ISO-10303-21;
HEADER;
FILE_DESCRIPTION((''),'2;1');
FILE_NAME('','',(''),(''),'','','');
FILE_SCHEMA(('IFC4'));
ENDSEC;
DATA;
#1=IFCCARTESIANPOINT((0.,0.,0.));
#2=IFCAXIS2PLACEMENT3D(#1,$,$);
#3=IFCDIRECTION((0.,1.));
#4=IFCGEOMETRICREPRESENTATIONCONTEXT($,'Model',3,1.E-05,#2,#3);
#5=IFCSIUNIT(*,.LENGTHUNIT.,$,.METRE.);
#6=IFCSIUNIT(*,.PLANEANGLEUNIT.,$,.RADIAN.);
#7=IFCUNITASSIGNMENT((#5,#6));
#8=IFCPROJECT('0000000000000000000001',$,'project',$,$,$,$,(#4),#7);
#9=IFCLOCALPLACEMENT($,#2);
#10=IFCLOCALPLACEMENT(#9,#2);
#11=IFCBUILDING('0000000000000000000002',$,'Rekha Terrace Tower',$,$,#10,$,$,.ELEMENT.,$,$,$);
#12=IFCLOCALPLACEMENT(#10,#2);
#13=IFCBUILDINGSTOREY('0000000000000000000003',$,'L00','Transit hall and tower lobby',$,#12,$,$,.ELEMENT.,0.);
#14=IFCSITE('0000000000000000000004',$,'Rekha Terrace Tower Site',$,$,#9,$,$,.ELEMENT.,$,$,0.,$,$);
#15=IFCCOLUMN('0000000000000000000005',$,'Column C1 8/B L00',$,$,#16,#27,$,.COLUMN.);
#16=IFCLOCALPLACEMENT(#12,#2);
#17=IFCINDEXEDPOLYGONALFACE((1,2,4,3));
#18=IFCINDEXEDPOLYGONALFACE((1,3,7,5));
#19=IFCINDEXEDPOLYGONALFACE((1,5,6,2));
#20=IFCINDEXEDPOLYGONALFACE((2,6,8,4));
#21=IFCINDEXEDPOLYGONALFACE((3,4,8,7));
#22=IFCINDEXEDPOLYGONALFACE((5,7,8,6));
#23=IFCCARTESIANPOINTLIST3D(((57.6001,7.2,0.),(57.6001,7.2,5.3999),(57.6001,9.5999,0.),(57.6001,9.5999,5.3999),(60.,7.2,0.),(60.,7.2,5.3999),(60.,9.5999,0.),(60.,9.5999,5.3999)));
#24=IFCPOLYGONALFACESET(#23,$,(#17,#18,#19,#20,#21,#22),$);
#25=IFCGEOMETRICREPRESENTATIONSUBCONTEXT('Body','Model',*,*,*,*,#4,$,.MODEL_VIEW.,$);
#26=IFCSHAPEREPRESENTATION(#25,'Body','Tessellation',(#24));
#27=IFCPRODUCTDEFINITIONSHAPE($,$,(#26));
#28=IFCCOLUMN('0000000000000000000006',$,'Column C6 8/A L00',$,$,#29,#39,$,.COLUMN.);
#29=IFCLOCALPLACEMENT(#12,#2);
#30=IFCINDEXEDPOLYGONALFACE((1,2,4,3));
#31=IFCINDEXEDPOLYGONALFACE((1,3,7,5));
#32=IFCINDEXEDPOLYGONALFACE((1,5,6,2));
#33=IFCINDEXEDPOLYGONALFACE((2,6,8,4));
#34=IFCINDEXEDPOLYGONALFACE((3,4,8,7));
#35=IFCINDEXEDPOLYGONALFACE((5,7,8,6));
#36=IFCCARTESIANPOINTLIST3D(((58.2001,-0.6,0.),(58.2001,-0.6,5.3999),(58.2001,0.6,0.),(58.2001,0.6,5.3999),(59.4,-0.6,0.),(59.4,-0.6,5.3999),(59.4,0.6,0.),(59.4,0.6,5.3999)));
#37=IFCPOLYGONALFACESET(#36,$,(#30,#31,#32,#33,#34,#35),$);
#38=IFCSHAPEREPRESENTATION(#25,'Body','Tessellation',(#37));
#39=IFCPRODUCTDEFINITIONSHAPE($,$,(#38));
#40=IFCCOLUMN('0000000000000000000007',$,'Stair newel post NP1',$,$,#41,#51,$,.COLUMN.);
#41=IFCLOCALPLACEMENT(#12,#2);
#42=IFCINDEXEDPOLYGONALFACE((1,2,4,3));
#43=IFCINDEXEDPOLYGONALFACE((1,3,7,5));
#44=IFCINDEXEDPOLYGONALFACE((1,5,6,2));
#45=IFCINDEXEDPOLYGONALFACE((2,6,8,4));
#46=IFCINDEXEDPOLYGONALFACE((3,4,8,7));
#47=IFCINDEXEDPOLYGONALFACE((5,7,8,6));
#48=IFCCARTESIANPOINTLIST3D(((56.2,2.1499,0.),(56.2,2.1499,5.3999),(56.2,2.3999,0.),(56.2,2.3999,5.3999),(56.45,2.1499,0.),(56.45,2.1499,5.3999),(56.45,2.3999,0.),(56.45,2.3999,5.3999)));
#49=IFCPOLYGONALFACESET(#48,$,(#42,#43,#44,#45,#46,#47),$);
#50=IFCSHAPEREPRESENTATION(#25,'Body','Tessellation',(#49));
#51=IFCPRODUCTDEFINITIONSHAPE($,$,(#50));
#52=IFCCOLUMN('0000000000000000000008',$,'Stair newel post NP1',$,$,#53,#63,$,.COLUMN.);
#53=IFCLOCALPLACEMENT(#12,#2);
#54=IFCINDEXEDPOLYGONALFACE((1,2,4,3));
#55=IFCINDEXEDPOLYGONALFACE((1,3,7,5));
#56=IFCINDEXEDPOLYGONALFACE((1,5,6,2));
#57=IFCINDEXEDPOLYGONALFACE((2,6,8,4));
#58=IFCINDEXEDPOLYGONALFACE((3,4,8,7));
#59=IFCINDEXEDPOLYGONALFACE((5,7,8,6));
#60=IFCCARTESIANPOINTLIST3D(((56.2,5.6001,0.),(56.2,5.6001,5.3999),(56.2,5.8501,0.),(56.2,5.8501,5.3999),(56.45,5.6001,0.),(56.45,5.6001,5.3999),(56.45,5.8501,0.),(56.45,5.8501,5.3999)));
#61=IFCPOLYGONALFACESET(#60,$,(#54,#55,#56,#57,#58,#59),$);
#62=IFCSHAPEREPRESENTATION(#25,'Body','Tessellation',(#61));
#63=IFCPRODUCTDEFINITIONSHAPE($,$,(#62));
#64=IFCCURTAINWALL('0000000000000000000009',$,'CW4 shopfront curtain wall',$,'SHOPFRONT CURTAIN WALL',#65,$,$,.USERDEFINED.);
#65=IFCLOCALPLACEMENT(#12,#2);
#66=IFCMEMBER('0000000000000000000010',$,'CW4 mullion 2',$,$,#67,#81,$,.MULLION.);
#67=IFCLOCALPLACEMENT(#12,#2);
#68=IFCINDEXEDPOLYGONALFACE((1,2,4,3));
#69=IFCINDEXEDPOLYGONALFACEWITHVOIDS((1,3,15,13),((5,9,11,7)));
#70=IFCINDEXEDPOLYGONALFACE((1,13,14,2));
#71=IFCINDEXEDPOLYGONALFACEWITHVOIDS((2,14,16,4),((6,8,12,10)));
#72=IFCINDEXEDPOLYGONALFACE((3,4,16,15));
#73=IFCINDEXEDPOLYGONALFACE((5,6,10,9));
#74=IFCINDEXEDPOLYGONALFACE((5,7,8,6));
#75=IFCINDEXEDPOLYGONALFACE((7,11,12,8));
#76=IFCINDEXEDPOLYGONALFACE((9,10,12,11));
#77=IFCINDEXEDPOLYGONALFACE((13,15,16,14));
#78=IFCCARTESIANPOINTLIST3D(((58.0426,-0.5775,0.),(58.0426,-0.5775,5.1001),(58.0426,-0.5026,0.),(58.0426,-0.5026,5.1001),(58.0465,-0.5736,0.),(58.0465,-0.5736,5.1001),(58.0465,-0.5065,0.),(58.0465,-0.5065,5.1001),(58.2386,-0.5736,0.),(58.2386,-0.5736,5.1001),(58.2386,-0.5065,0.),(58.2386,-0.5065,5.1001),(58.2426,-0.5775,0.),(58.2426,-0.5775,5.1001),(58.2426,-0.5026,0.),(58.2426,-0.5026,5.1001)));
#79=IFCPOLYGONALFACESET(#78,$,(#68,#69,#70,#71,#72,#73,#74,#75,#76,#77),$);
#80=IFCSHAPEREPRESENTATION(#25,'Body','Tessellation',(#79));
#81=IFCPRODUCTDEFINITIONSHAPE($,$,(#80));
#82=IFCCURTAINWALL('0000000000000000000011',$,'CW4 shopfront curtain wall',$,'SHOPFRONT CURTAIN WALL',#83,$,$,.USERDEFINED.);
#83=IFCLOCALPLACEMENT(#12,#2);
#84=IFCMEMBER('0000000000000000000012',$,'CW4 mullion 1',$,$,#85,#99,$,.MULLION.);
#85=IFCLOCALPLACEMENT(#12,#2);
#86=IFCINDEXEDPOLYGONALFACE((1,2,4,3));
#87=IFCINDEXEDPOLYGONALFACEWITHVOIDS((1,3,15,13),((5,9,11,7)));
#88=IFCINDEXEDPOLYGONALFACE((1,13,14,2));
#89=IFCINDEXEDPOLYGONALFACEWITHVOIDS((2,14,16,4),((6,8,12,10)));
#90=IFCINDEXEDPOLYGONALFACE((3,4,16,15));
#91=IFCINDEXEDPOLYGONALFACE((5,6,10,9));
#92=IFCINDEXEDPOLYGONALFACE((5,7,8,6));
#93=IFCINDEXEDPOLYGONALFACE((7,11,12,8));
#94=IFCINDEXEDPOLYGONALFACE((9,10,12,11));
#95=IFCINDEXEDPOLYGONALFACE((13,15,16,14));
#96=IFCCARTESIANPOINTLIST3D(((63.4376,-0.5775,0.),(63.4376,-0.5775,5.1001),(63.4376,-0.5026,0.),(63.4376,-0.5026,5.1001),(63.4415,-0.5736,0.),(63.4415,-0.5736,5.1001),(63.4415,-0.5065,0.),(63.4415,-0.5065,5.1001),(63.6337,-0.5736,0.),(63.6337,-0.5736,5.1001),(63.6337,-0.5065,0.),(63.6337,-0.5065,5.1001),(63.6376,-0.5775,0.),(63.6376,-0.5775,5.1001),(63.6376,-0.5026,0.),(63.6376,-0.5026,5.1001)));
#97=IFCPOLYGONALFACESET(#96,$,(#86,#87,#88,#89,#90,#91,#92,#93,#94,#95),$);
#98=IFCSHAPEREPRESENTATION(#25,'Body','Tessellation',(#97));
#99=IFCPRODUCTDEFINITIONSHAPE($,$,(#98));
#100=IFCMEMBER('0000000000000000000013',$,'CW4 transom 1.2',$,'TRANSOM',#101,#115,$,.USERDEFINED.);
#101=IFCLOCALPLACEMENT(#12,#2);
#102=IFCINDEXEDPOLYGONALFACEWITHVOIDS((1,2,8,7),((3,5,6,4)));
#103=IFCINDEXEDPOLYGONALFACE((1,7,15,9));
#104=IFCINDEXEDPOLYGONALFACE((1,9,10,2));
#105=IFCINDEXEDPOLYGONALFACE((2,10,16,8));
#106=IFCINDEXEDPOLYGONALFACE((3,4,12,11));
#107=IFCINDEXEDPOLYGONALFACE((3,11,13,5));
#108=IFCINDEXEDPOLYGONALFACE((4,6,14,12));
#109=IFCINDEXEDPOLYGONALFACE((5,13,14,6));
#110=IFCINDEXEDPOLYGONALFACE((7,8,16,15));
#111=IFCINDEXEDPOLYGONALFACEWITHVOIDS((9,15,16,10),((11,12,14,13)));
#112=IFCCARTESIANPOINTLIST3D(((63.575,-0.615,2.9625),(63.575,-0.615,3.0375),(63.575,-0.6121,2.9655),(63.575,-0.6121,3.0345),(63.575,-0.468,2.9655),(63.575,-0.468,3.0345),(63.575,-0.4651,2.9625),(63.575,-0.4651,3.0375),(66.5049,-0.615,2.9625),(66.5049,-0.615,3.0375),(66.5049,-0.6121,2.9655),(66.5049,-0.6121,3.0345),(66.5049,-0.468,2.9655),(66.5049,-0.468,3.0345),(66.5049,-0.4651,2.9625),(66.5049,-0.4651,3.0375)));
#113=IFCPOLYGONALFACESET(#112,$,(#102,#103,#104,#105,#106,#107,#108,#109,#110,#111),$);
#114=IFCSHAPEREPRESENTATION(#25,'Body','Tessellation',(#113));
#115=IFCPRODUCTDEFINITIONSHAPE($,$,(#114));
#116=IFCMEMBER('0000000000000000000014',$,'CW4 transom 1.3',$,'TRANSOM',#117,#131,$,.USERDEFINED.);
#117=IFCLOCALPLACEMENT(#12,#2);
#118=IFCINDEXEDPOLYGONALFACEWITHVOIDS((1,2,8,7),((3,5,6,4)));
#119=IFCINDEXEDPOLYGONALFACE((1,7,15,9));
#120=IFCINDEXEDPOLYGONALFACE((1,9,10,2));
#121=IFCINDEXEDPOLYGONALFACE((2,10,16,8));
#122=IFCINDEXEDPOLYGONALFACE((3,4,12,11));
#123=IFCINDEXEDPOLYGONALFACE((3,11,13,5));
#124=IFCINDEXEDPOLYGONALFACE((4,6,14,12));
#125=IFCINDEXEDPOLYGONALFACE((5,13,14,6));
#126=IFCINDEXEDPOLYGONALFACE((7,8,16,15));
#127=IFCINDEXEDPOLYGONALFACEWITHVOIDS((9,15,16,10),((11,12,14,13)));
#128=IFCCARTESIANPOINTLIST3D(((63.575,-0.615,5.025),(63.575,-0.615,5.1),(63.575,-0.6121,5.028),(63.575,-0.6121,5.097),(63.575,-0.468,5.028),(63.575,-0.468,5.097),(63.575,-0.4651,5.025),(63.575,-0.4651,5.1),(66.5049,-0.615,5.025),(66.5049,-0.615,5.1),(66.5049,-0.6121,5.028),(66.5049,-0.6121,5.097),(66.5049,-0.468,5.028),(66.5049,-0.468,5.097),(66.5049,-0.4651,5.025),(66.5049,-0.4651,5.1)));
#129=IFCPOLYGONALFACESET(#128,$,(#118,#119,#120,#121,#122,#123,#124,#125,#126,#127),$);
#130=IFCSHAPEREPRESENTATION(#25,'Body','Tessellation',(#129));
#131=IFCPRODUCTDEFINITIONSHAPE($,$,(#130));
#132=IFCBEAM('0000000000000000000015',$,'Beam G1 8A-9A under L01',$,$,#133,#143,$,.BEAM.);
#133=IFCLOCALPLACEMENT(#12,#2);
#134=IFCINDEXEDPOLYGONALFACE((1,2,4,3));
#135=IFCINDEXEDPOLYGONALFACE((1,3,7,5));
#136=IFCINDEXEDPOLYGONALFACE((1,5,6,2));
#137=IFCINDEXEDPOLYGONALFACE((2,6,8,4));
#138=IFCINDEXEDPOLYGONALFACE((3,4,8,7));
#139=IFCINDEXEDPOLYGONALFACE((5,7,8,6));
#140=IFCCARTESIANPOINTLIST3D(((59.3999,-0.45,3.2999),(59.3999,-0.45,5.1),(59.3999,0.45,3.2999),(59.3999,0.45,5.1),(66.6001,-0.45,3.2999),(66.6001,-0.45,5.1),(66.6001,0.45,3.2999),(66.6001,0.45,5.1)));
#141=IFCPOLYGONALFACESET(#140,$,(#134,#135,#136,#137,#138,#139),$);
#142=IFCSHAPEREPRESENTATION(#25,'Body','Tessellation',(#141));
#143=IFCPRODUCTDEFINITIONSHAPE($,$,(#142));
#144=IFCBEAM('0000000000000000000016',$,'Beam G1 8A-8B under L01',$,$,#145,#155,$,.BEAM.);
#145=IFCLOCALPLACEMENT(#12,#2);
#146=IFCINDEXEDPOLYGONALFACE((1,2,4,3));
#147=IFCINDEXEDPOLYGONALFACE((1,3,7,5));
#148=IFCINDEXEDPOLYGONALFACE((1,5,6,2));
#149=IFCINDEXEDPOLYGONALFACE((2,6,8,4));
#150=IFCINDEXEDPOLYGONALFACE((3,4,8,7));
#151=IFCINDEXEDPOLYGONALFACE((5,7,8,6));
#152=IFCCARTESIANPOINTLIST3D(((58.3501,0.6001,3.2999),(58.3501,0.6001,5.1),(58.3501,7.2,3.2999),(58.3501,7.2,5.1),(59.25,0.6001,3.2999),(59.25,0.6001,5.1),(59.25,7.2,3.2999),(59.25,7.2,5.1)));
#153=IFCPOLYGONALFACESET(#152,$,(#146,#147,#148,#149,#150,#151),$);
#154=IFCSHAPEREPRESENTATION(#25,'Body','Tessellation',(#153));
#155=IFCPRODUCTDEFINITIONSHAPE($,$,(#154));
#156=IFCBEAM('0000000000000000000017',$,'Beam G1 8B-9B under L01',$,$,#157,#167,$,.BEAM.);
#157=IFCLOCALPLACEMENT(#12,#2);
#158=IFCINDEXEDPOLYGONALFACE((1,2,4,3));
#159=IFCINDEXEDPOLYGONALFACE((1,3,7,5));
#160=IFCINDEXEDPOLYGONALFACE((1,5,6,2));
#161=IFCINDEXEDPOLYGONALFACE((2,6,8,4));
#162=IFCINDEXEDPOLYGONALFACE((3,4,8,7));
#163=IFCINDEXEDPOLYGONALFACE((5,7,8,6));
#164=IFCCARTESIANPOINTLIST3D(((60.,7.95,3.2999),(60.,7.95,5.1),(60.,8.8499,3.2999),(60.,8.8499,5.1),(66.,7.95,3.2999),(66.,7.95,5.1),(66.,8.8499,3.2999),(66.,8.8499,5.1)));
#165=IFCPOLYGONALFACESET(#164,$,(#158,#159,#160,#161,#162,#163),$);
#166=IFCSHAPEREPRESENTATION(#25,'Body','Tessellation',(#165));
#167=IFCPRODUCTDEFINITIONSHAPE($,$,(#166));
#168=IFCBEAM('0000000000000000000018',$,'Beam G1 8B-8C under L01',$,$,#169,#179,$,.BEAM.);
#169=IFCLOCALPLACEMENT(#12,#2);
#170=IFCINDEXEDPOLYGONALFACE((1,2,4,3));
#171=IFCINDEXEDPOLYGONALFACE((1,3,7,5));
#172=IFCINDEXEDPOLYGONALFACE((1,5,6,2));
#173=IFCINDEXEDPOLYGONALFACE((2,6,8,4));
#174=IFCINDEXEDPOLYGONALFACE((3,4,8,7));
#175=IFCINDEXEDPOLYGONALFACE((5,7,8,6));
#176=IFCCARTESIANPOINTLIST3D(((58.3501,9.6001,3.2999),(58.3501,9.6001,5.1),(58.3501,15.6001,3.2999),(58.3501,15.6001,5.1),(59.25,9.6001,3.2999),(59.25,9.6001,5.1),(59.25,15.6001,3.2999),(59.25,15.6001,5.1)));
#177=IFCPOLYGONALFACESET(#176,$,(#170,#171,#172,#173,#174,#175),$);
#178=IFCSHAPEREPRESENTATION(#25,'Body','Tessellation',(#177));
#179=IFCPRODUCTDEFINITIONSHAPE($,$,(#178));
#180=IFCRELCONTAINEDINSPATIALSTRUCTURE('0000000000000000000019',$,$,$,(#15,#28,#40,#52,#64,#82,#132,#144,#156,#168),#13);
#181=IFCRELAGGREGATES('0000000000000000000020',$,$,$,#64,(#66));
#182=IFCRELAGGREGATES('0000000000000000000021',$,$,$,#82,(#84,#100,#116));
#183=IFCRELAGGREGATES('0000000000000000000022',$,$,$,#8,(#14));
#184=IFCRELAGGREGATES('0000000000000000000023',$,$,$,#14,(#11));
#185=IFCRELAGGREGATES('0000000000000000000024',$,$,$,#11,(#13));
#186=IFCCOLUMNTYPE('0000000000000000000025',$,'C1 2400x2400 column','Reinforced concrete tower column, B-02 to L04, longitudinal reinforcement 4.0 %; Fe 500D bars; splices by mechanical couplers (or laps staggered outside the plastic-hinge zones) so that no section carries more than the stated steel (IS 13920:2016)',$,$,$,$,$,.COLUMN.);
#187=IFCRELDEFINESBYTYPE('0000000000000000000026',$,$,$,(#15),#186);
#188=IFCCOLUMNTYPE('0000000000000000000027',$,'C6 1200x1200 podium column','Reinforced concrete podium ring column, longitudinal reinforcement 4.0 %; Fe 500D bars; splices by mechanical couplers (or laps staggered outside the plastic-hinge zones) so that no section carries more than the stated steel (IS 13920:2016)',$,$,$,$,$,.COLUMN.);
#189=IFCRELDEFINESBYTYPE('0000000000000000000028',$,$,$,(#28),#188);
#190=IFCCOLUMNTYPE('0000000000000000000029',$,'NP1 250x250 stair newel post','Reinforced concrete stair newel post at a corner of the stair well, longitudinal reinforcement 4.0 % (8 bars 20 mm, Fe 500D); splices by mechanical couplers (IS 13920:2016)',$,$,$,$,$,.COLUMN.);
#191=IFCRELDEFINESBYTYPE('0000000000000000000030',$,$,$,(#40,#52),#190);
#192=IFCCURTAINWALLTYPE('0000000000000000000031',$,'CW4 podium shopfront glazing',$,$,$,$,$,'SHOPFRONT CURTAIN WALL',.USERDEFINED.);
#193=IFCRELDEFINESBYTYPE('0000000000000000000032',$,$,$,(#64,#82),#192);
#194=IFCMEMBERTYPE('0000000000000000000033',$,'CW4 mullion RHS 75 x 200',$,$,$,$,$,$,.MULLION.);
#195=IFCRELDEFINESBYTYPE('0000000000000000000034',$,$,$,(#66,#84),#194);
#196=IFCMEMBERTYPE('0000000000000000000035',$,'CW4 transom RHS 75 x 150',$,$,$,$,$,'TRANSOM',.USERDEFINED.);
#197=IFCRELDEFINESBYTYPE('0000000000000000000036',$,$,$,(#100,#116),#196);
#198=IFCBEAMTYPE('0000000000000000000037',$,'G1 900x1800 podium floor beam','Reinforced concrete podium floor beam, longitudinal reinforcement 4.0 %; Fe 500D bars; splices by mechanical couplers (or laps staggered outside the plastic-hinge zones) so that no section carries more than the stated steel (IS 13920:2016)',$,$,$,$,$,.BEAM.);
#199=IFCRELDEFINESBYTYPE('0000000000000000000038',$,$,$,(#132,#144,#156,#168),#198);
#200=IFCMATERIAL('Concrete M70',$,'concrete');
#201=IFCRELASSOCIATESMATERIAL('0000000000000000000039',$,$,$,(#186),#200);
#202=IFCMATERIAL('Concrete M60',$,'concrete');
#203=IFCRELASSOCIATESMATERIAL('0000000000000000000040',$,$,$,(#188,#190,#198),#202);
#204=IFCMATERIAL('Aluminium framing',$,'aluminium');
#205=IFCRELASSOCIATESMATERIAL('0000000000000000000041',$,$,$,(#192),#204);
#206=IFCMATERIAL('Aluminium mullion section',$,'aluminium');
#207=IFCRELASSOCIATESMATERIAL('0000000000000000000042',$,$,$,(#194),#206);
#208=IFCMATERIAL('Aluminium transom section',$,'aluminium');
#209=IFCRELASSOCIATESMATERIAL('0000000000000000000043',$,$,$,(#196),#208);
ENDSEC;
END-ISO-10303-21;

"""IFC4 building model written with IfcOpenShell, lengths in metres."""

from ifc_helpers import new_model, si_unit, direction, frame, origin, origin_2d, place, context, subcontext, project, spatial, rectangle, hollow_rectangle, extrude, material, material_profile, profile_set, type_object, element, aggregate, save


model = new_model("IFC4")

# Units and contexts
model_context = context("Model", 3, precision=1e-05, world=origin(), true_north=direction((0.0, 1.0)))
body_context = subcontext(model_context, "Body", "Model", "MODEL_VIEW")
ifc_project = project(units=[si_unit("LENGTHUNIT", "METRE"), si_unit("PLANEANGLEUNIT", "RADIAN")], contexts=[model_context])

# Site, building, storey
site_placement = place(None, origin())
site = spatial("IfcSite", under=ifc_project, at=site_placement, Name="Rekha Terrace Tower Site", CompositionType="ELEMENT", RefElevation=0.0)
building_placement = place(site_placement, origin())
building = spatial("IfcBuilding", under=site, at=building_placement, Name="Rekha Terrace Tower", CompositionType="ELEMENT")
storey_placement = place(building_placement, origin())
storey = spatial("IfcBuildingStorey", under=building, at=storey_placement, Name="L00", Description="Transit hall and tower lobby", CompositionType="ELEMENT", Elevation=0.0)

# Columns
ifc_material_1 = material(Name="Concrete M70", Category="concrete")
ifc_material_profile_1 = material_profile(ifc_material_1, rectangle(XDim=2.3999, YDim=2.3999, at=origin_2d()), Name="RC 2400x2400")
ifc_profile_set_1 = profile_set([ifc_material_profile_1], Name="Concrete M70")
column_type_1 = type_object("IfcColumnType", Name="C1 2400x2400 column", Description="Reinforced concrete tower column, B-02 to L04, longitudinal reinforcement 4.0 %; Fe 500D bars; splices by mechanical couplers (or laps staggered outside the plastic-hinge zones) so that no section carries more than the stated steel (IS 13920:2016)", PredefinedType="COLUMN", material=ifc_profile_set_1)
column_1_placement = place(storey_placement, frame((58.8, 8.3999, 0.0), z_axis=(0.0, 0.0, 1.0), x_axis=(1.0, 0.0, 0.0)))
element("IfcColumn", 1, at=column_1_placement, inside=storey, type_object=column_type_1, Name="Column C1 8/B L00", PredefinedType="COLUMN", context=body_context, shape_type="SweptSolid", body=[
    extrude(rectangle(XDim=2.3999, YDim=2.3999, at=origin_2d()), origin(), (0.0, 0.0, 1.0), 5.3999),
])
ifc_material_2 = material(Name="Concrete M60", Category="concrete")
ifc_material_profile_2 = material_profile(ifc_material_2, rectangle(XDim=1.2, YDim=1.2, at=origin_2d()), Name="RC 1200x1200")
ifc_profile_set_2 = profile_set([ifc_material_profile_2], Name="Concrete M60")
column_type_2 = type_object("IfcColumnType", Name="C6 1200x1200 podium column", Description="Reinforced concrete podium ring column, longitudinal reinforcement 4.0 %; Fe 500D bars; splices by mechanical couplers (or laps staggered outside the plastic-hinge zones) so that no section carries more than the stated steel (IS 13920:2016)", PredefinedType="COLUMN", material=ifc_profile_set_2)
column_2_placement = place(storey_placement, frame((58.8, 0.0, 0.0), z_axis=(0.0, 0.0, 1.0), x_axis=(1.0, 0.0, 0.0)))
element("IfcColumn", 2, at=column_2_placement, inside=storey, type_object=column_type_2, Name="Column C6 8/A L00", PredefinedType="COLUMN", context=body_context, shape_type="SweptSolid", body=[
    extrude(rectangle(XDim=1.2, YDim=1.2, at=origin_2d()), origin(), (0.0, 0.0, 1.0), 5.3999),
])
ifc_material_profile_3 = material_profile(ifc_material_2, rectangle(XDim=0.25, YDim=0.25, at=origin_2d()), Name="RC 250x250")
ifc_profile_set_3 = profile_set([ifc_material_profile_3], Name="Concrete M60")
column_type_3 = type_object("IfcColumnType", Name="NP1 250x250 stair newel post", Description="Reinforced concrete stair newel post at a corner of the stair well, longitudinal reinforcement 4.0 % (8 bars 20 mm, Fe 500D); splices by mechanical couplers (IS 13920:2016)", PredefinedType="COLUMN", material=ifc_profile_set_3)
for number, where, z_axis, x_axis, name in (
    (3, (56.325, 2.2749, 0.0), (0.0, 0.0, 1.0), (1.0, 0.0, 0.0), "Stair newel post NP1"),
    (4, (56.325, 5.7251, 0.0), (0.0, 0.0, 1.0), (1.0, 0.0, 0.0), "Stair newel post NP1"),
):
    element("IfcColumn", number, at=place(storey_placement, frame(where, z_axis=z_axis, x_axis=x_axis)), inside=storey, type_object=column_type_3, Name=name, PredefinedType="COLUMN", context=body_context, shape_type="SweptSolid", body=[
        extrude(rectangle(XDim=0.25, YDim=0.25, at=origin_2d()), origin(), (0.0, 0.0, 1.0), 5.3999),
    ])

# Curtain wall, member
ifc_material_3 = material(Name="Aluminium framing", Category="aluminium")
curtain_wall_type = type_object("IfcCurtainWallType", Name="CW4 podium shopfront glazing", ElementType="SHOPFRONT CURTAIN WALL", PredefinedType="USERDEFINED", material=ifc_material_3)
curtain_wall_1_placement = place(storey_placement, origin())
curtain_wall_1 = element("IfcCurtainWall", 5, at=curtain_wall_1_placement, inside=storey, type_object=curtain_wall_type, Name="CW4 shopfront curtain wall", ObjectType="SHOPFRONT CURTAIN WALL", PredefinedType="USERDEFINED")
ifc_material_4 = material(Name="Aluminium mullion section", Category="aluminium")
ifc_material_profile_4 = material_profile(ifc_material_4, hollow_rectangle(XDim=0.075, YDim=0.2, WallThickness=0.0039, at=origin_2d()), Name="AL RHS 75x200")
ifc_profile_set_4 = profile_set([ifc_material_profile_4], Name="Aluminium mullion section")
member_type_1 = type_object("IfcMemberType", Name="CW4 mullion RHS 75 x 200", PredefinedType="MULLION", material=ifc_profile_set_4)
member_1_placement = place(storey_placement, frame((58.1426, -0.54, 0.0), z_axis=(0.0, 0.0, 1.0), x_axis=(0.0, 1.0, 0.0)))
member_1 = element("IfcMember", 6, at=member_1_placement, type_object=member_type_1, Name="CW4 mullion 2", PredefinedType="MULLION", context=body_context, shape_type="SweptSolid", body=[
    extrude(hollow_rectangle(XDim=0.075, YDim=0.2, WallThickness=0.0039, at=origin_2d()), origin(), (0.0, 0.0, 1.0), 5.1001),
])
aggregate(curtain_wall_1, [member_1])

# Curtain wall, members
curtain_wall_2_placement = place(storey_placement, origin())
curtain_wall_2 = element("IfcCurtainWall", 7, at=curtain_wall_2_placement, inside=storey, type_object=curtain_wall_type, Name="CW4 shopfront curtain wall", ObjectType="SHOPFRONT CURTAIN WALL", PredefinedType="USERDEFINED")
member_2_placement = place(storey_placement, frame((63.5376, -0.54, 0.0), z_axis=(0.0, 0.0, 1.0), x_axis=(0.0, 1.0, 0.0)))
member_2 = element("IfcMember", 8, at=member_2_placement, type_object=member_type_1, Name="CW4 mullion 1", PredefinedType="MULLION", context=body_context, shape_type="SweptSolid", body=[
    extrude(hollow_rectangle(XDim=0.075, YDim=0.2, WallThickness=0.0039, at=origin_2d()), origin(), (0.0, 0.0, 1.0), 5.1001),
])
ifc_material_5 = material(Name="Aluminium transom section", Category="aluminium")
ifc_material_profile_5 = material_profile(ifc_material_5, hollow_rectangle(XDim=0.1499, YDim=0.075, WallThickness=0.0029, at=origin_2d()), Name="AL RHS 150x75")
ifc_profile_set_5 = profile_set([ifc_material_profile_5], Name="Aluminium transom section")
member_type_2 = type_object("IfcMemberType", Name="CW4 transom RHS 75 x 150", ElementType="TRANSOM", PredefinedType="USERDEFINED", material=ifc_profile_set_5)
member_3_placement = place(storey_placement, frame((63.575, -0.54, 3.0), z_axis=(1.0, 0.0, 0.0), x_axis=(0.0, 1.0, 0.0)))
member_3 = element("IfcMember", 9, at=member_3_placement, type_object=member_type_2, Name="CW4 transom 1.2", ObjectType="TRANSOM", PredefinedType="USERDEFINED", context=body_context, shape_type="SweptSolid", body=[
    extrude(hollow_rectangle(XDim=0.1499, YDim=0.075, WallThickness=0.0029, at=origin_2d()), origin(), (0.0, 0.0, 1.0), 2.9299),
])
member_4_placement = place(storey_placement, frame((63.575, -0.54, 5.0625), z_axis=(1.0, 0.0, 0.0), x_axis=(0.0, 1.0, 0.0)))
member_4 = element("IfcMember", 10, at=member_4_placement, type_object=member_type_2, Name="CW4 transom 1.3", ObjectType="TRANSOM", PredefinedType="USERDEFINED", context=body_context, shape_type="SweptSolid", body=[
    extrude(hollow_rectangle(XDim=0.1499, YDim=0.075, WallThickness=0.0029, at=origin_2d()), origin(), (0.0, 0.0, 1.0), 2.9299),
])
aggregate(curtain_wall_2, [member_2, member_3, member_4])

# Beams
ifc_material_profile_6 = material_profile(ifc_material_2, rectangle(XDim=0.8999, YDim=1.8, at=origin_2d()), Name="RC 900x1800")
ifc_profile_set_6 = profile_set([ifc_material_profile_6], Name="Concrete M60")
beam_type = type_object("IfcBeamType", Name="G1 900x1800 podium floor beam", Description="Reinforced concrete podium floor beam, longitudinal reinforcement 4.0 %; Fe 500D bars; splices by mechanical couplers (or laps staggered outside the plastic-hinge zones) so that no section carries more than the stated steel (IS 13920:2016)", PredefinedType="BEAM", material=ifc_profile_set_6)
beam_1_placement = place(storey_placement, frame((59.3999, 0.0, 4.2), z_axis=(1.0, 0.0, 0.0), x_axis=(0.0, 1.0, 0.0)))
element("IfcBeam", 11, at=beam_1_placement, inside=storey, type_object=beam_type, Name="Beam G1 8A-9A under L01", PredefinedType="BEAM", context=body_context, shape_type="SweptSolid", body=[
    extrude(rectangle(XDim=0.8999, YDim=1.8, at=origin_2d()), origin(), (0.0, 0.0, 1.0), 7.2002),
])
beam_2_placement = place(storey_placement, frame((58.8, 0.6001, 4.2), z_axis=(0.0, 1.0, 0.0), x_axis=(-1.0, 0.0, 0.0)))
element("IfcBeam", 12, at=beam_2_placement, inside=storey, type_object=beam_type, Name="Beam G1 8A-8B under L01", PredefinedType="BEAM", context=body_context, shape_type="SweptSolid", body=[
    extrude(rectangle(XDim=0.8999, YDim=1.8, at=origin_2d()), origin(), (0.0, 0.0, 1.0), 6.5999),
])
for number, where, z_axis, x_axis, name in (
    (13, (60.0, 8.3999, 4.2), (1.0, 0.0, 0.0), (0.0, 1.0, 0.0), "Beam G1 8B-9B under L01"),
    (14, (58.8, 9.6001, 4.2), (0.0, 1.0, 0.0), (-1.0, 0.0, 0.0), "Beam G1 8B-8C under L01"),
):
    element("IfcBeam", number, at=place(storey_placement, frame(where, z_axis=z_axis, x_axis=x_axis)), inside=storey, type_object=beam_type, Name=name, PredefinedType="BEAM", context=body_context, shape_type="SweptSolid", body=[
        extrude(rectangle(XDim=0.8999, YDim=1.8, at=origin_2d()), origin(), (0.0, 0.0, 1.0), 6.0),
    ])

save(model, "model.ifc")
